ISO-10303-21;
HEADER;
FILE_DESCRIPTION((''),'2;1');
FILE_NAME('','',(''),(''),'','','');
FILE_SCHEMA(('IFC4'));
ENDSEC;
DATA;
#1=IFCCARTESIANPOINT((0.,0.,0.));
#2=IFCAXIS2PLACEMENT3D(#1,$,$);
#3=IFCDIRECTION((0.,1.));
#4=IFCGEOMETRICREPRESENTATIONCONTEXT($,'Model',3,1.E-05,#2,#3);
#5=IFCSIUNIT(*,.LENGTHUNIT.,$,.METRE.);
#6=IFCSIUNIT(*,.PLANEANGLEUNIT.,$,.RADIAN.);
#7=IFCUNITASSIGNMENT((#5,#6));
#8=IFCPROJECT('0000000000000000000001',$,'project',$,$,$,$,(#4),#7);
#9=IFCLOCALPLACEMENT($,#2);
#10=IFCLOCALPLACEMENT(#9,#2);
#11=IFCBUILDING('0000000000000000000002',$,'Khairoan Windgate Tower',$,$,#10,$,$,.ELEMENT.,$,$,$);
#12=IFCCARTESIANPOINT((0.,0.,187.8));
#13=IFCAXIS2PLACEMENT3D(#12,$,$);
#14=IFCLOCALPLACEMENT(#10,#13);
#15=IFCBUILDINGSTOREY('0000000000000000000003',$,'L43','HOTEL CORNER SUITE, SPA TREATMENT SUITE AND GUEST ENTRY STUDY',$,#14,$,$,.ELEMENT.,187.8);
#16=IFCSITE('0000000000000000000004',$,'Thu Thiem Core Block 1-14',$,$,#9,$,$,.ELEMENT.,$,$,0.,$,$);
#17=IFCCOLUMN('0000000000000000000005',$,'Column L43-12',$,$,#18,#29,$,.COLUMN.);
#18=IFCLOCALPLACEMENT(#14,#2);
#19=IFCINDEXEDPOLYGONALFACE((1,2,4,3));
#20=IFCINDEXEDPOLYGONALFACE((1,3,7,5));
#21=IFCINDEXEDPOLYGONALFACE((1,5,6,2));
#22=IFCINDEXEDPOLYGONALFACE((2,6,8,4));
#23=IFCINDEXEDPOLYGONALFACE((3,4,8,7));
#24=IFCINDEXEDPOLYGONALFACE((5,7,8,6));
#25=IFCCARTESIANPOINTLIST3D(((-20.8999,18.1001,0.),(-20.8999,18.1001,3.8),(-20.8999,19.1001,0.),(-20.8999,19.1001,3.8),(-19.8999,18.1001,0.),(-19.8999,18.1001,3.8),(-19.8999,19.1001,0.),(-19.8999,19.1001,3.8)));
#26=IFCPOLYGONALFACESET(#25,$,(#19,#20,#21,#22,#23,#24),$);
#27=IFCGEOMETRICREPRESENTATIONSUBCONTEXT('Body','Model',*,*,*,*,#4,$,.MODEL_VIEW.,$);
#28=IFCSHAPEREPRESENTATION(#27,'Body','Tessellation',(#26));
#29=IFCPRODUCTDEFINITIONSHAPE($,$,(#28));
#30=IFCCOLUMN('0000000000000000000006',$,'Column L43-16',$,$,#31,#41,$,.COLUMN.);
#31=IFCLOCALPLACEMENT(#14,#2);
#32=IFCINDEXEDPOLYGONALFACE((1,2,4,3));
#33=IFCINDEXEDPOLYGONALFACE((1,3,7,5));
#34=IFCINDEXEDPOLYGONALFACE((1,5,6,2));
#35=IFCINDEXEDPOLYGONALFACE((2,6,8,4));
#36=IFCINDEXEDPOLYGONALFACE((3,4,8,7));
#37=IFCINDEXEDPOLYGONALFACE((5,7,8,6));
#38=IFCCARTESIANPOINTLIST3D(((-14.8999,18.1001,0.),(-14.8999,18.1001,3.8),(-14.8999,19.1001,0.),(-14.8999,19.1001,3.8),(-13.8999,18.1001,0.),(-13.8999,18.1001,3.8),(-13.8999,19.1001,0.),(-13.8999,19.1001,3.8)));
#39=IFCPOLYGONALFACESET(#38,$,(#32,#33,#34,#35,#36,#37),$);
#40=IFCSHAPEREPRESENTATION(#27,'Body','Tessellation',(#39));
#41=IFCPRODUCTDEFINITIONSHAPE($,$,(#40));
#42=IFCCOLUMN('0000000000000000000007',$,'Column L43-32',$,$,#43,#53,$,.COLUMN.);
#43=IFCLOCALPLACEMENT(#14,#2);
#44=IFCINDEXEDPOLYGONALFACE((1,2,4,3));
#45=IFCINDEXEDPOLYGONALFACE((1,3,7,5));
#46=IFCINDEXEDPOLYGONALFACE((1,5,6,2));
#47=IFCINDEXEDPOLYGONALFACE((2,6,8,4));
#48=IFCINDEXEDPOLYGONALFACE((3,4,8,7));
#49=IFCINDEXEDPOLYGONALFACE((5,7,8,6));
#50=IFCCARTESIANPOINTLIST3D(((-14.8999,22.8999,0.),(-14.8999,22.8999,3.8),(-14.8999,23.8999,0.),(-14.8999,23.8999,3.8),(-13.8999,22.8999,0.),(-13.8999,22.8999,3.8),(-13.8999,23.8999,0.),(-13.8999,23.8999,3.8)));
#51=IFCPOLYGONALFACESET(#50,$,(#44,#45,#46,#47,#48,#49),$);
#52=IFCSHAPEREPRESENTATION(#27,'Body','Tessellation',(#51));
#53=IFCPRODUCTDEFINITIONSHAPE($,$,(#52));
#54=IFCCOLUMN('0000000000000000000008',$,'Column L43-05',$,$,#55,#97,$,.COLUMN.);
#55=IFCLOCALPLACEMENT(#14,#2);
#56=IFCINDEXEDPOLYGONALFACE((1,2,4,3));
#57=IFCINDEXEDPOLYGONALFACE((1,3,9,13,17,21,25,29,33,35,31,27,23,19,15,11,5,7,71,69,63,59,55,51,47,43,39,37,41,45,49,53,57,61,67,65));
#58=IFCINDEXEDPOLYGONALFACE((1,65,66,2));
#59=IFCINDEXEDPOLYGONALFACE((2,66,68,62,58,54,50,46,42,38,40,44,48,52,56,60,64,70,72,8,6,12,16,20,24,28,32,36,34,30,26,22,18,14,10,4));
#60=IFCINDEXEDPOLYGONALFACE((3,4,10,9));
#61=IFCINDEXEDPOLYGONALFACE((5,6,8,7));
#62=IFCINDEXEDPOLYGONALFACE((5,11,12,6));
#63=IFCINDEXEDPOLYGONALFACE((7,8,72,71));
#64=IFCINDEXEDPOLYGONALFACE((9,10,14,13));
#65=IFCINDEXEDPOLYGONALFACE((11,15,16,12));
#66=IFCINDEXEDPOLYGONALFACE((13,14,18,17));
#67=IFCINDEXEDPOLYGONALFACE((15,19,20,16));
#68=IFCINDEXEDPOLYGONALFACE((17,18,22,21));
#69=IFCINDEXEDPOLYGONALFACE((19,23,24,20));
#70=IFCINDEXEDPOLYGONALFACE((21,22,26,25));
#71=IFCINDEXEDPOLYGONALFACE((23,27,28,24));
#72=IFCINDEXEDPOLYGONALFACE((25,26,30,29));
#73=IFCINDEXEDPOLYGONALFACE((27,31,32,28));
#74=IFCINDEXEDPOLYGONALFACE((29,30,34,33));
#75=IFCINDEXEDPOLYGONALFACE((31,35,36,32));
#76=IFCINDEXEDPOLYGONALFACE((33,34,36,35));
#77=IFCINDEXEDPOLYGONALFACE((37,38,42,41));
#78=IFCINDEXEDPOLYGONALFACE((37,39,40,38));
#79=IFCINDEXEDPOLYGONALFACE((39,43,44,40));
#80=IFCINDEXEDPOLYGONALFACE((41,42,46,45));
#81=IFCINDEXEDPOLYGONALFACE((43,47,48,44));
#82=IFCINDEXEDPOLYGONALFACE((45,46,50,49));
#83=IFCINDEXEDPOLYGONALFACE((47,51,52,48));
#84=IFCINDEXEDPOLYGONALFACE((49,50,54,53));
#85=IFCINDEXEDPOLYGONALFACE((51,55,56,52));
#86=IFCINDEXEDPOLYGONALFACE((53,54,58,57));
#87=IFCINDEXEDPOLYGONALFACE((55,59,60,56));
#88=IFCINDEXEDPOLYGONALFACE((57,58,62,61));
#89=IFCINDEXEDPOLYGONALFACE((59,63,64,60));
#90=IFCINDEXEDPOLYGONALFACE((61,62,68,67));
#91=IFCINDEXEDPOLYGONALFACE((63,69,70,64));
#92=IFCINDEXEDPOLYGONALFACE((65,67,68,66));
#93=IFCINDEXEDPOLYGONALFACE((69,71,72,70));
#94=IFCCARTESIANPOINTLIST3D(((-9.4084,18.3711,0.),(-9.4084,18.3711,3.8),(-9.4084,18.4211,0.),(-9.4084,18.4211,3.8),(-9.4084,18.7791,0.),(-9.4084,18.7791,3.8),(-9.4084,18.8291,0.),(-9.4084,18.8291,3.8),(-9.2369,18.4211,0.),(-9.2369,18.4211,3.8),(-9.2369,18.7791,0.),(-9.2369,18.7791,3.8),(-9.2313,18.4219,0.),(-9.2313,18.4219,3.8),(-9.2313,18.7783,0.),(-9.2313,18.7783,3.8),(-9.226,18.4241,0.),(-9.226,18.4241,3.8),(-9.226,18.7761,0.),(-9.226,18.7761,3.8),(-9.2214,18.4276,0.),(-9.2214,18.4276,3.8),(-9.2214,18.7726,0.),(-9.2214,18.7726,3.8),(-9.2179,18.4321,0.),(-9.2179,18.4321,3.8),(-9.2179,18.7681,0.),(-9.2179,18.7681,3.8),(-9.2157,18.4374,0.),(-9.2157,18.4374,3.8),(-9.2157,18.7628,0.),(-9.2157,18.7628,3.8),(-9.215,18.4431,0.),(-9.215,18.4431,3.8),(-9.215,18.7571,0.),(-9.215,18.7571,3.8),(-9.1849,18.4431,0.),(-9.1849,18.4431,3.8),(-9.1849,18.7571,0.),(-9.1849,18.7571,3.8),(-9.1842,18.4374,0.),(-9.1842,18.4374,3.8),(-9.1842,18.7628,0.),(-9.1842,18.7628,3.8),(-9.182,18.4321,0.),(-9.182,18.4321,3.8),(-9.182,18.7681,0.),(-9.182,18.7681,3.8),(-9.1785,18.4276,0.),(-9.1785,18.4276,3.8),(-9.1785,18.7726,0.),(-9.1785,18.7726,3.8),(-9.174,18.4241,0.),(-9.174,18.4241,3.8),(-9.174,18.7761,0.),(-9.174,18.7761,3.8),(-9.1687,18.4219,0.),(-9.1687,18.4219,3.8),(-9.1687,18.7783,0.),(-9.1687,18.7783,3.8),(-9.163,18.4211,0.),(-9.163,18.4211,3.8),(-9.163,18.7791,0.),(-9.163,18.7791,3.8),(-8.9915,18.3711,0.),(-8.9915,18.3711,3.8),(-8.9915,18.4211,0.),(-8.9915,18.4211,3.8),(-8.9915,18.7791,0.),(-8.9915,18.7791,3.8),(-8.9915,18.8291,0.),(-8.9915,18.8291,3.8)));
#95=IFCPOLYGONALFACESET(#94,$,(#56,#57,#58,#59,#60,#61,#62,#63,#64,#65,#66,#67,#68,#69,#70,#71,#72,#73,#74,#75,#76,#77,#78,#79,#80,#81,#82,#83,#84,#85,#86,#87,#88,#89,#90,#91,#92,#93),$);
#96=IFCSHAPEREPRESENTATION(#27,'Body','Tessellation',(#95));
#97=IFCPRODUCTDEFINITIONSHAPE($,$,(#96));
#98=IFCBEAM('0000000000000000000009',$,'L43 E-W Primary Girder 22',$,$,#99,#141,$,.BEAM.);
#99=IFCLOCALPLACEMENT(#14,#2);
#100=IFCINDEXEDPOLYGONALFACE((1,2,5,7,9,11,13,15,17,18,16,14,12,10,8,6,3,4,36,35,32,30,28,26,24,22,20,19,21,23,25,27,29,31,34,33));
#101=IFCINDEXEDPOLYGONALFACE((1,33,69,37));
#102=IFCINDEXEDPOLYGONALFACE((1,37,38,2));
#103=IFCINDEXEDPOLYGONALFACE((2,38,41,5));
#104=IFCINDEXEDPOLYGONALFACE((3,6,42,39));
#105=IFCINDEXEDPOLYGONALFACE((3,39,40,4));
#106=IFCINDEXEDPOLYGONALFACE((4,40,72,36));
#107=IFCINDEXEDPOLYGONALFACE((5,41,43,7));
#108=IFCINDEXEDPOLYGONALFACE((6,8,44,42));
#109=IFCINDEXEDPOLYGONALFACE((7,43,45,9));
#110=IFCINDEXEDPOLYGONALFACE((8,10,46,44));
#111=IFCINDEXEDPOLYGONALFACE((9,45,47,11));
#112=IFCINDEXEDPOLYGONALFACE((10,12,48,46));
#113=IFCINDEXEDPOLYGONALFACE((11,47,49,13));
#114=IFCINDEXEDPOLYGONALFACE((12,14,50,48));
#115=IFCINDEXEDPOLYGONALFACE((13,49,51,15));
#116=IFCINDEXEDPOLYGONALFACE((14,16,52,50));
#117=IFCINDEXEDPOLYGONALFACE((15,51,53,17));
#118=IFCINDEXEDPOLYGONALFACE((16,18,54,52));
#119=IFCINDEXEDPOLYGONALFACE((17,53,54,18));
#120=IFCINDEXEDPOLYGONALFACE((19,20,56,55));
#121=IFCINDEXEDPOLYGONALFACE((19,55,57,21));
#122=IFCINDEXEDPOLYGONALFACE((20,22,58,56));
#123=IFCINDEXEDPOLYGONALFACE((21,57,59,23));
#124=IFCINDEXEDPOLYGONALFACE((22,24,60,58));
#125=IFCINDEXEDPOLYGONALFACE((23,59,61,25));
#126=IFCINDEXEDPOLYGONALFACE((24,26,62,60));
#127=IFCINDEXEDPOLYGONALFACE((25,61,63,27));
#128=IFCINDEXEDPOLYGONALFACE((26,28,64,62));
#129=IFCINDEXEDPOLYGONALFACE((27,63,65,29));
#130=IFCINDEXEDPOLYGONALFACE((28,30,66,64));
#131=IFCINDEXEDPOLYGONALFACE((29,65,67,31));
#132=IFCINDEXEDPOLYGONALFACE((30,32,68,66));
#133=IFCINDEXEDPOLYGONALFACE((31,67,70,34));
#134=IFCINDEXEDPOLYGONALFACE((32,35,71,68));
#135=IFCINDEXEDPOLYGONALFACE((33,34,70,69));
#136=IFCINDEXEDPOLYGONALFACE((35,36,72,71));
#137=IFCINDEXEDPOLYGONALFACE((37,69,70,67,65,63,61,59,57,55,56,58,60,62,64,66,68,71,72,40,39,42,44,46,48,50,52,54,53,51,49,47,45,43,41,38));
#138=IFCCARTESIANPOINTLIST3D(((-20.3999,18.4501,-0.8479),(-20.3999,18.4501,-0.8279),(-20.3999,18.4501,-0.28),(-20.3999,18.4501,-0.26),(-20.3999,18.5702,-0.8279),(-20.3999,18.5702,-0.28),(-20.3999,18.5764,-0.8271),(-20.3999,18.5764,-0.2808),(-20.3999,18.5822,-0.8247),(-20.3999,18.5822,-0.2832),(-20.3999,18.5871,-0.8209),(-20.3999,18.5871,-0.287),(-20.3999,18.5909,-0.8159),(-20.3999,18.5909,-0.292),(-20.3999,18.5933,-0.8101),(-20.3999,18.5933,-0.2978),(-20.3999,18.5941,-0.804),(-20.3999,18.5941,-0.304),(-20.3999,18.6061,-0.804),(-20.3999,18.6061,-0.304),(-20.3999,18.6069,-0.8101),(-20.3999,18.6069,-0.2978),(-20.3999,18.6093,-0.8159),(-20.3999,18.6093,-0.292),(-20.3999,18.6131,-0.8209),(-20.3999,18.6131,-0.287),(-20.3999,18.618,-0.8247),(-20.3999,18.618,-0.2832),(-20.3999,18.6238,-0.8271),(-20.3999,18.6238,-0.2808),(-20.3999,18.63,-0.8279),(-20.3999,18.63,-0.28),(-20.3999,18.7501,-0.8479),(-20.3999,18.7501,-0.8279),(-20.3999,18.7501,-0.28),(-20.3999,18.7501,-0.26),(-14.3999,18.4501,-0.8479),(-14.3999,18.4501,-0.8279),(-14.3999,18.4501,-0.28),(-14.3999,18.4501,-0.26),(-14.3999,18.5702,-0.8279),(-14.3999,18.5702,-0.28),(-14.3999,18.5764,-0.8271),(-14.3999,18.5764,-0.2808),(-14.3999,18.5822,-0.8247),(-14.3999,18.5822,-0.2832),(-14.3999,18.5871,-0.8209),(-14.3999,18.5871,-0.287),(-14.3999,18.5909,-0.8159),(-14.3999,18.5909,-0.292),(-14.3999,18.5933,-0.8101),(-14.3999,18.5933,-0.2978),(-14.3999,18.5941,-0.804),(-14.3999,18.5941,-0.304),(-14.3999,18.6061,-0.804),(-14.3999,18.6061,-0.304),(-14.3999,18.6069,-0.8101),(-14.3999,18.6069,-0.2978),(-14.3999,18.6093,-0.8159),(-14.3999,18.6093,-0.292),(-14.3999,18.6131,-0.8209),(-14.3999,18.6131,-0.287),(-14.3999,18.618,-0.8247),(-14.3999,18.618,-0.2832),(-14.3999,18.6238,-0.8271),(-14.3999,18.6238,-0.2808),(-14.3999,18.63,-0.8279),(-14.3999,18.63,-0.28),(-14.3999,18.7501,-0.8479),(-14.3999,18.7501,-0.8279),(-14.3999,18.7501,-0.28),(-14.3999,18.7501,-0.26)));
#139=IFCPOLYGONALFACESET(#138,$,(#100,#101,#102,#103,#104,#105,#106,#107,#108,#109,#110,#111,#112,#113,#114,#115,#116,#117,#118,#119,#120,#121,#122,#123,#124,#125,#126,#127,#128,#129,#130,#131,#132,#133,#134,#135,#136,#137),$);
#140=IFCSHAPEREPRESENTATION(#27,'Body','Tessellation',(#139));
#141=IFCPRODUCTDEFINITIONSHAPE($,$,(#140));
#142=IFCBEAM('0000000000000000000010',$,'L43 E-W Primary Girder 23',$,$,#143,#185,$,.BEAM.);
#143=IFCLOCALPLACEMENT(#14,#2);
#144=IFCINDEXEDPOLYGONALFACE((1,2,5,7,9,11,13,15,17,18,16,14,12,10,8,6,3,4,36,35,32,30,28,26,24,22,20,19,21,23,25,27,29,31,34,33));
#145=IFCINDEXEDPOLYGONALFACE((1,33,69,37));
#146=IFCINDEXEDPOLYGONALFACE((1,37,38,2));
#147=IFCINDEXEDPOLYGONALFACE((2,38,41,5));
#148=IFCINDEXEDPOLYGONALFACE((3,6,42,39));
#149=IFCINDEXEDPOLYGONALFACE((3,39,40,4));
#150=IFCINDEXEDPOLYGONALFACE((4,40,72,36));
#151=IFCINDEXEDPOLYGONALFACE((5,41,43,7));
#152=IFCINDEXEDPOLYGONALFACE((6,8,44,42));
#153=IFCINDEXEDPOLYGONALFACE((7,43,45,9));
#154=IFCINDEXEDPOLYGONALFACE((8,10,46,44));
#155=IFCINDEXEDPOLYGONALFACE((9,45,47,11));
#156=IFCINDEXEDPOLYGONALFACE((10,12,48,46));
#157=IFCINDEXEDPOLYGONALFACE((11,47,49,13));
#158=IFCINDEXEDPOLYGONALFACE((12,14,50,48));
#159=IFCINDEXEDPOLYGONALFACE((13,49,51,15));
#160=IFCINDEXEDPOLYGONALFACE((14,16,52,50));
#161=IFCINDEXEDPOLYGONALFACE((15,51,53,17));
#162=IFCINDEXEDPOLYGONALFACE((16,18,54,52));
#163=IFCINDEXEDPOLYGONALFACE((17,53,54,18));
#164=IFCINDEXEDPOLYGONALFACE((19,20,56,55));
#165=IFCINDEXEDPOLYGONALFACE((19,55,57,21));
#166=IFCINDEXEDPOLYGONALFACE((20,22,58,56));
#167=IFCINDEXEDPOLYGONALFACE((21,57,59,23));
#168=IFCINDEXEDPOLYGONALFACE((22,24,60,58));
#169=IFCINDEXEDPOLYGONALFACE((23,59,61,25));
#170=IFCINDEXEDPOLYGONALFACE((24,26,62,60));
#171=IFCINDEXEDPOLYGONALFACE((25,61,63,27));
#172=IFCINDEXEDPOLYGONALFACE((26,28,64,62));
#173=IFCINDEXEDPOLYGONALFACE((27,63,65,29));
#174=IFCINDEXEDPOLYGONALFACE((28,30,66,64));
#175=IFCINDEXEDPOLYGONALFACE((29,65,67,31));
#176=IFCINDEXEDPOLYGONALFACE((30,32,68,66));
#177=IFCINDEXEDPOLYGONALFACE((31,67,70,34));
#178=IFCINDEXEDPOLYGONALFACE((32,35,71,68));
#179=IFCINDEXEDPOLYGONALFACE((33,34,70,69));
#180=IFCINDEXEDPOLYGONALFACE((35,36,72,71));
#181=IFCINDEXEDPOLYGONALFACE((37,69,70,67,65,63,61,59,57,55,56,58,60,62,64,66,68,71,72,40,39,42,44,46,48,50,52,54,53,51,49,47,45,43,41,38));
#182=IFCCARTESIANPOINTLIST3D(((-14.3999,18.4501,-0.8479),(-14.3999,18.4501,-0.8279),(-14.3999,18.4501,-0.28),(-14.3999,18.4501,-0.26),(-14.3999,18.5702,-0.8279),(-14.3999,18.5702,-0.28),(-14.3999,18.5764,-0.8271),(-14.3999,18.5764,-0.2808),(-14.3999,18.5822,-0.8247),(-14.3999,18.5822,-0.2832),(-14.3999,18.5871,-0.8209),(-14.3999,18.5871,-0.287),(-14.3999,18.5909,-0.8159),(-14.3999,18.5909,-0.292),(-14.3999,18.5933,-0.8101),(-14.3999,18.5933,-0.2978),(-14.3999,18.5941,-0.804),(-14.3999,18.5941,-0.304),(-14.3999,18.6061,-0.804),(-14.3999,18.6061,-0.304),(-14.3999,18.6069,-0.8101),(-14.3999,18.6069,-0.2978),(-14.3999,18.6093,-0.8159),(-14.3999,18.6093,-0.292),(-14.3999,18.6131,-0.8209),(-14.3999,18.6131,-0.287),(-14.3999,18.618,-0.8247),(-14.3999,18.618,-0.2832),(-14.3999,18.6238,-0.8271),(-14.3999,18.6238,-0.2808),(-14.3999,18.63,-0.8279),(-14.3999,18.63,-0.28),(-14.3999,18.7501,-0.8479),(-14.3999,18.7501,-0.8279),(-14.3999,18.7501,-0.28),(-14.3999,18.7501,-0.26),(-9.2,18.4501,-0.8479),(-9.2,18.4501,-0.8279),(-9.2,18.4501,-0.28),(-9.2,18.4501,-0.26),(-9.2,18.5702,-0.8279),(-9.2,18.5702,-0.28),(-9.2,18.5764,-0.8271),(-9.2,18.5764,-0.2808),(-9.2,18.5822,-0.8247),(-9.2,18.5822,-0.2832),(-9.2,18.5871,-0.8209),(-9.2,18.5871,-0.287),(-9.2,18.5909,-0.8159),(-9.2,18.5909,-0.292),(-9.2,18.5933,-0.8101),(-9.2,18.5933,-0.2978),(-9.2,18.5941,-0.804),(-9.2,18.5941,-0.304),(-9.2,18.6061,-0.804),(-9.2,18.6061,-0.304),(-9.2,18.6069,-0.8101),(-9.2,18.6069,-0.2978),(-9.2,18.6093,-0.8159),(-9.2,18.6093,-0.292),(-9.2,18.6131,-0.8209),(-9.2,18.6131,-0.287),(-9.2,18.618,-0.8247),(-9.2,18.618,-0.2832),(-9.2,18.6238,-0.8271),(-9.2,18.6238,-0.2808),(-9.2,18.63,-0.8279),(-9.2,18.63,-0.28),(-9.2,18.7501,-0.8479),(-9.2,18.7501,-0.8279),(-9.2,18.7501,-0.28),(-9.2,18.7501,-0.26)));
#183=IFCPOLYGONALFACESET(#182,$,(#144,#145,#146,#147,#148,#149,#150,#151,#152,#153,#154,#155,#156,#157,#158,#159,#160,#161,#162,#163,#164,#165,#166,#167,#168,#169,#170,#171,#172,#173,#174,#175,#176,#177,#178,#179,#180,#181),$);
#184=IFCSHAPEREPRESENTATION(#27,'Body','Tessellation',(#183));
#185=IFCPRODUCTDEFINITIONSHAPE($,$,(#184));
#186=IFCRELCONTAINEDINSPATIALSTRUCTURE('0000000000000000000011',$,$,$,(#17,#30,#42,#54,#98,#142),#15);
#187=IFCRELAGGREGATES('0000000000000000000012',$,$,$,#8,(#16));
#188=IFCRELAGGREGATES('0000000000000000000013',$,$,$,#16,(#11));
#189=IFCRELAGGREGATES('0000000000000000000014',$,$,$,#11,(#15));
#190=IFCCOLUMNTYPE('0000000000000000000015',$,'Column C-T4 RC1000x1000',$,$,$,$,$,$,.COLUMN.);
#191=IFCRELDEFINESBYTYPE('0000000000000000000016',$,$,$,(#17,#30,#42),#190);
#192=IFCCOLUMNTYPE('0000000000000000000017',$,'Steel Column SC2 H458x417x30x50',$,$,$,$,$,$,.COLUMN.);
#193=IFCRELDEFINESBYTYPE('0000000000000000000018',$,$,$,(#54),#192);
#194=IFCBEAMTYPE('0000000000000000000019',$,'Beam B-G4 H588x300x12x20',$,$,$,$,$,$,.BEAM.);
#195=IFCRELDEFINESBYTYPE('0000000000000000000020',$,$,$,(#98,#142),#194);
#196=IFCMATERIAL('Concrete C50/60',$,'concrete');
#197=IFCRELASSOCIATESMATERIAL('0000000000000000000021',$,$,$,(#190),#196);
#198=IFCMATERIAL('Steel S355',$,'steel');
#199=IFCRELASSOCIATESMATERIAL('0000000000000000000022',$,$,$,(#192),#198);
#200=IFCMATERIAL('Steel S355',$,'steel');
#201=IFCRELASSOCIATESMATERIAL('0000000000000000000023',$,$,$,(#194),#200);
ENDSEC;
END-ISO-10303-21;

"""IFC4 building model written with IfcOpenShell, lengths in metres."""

from ifc_helpers import new_model, si_unit, direction, frame, origin, origin_2d, place, context, subcontext, project, spatial, rectangle, i_section, extrude, material, material_profile, profile_set, type_object, element, save


model = new_model("IFC4")

# Units and contexts
model_context = context("Model", 3, precision=1e-05, world=origin(), true_north=direction((0.0, 1.0)))
body_context = subcontext(model_context, "Body", "Model", "MODEL_VIEW")
ifc_project = project(units=[si_unit("LENGTHUNIT", "METRE"), si_unit("PLANEANGLEUNIT", "RADIAN")], contexts=[model_context])

# Site, building, storey
site_placement = place(None, origin())
site = spatial("IfcSite", under=ifc_project, at=site_placement, Name="Thu Thiem Core Block 1-14", CompositionType="ELEMENT", RefElevation=0.0)
building_placement = place(site_placement, origin())
building = spatial("IfcBuilding", under=site, at=building_placement, Name="Khairoan Windgate Tower", CompositionType="ELEMENT")
storey_placement = place(building_placement, frame((0.0, 0.0, 187.8)))
storey = spatial("IfcBuildingStorey", under=building, at=storey_placement, Name="L43", Description="HOTEL CORNER SUITE, SPA TREATMENT SUITE AND GUEST ENTRY STUDY", CompositionType="ELEMENT", Elevation=187.8)

# Columns
ifc_material_1 = material(Name="Concrete C50/60", Category="concrete")
ifc_material_profile_1 = material_profile(ifc_material_1, rectangle(XDim=1.0, YDim=1.0, at=origin_2d()))
ifc_profile_set_1 = profile_set([ifc_material_profile_1], Name="Concrete C50/60")
column_type_1 = type_object("IfcColumnType", Name="Column C-T4 RC1000x1000", PredefinedType="COLUMN", material=ifc_profile_set_1)
for number, where, z_axis, x_axis, name in (
    (1, (-20.3999, 18.6001, 0.0), (0.0, 0.0, 1.0), (1.0, 0.0, 0.0), "Column L43-12"),
    (2, (-14.3999, 18.6001, 0.0), (0.0, 0.0, 1.0), (1.0, 0.0, 0.0), "Column L43-16"),
    (3, (-14.3999, 23.3999, 0.0), (0.0, 0.0, 1.0), (1.0, 0.0, 0.0), "Column L43-32"),
):
    element("IfcColumn", number, at=place(storey_placement, frame(where, z_axis=z_axis, x_axis=x_axis)), inside=storey, type_object=column_type_1, Name=name, PredefinedType="COLUMN", context=body_context, shape_type="SweptSolid", body=[
        extrude(rectangle(XDim=1.0, YDim=1.0, at=origin_2d()), origin(), (0.0, 0.0, 1.0), 3.8),
    ])
ifc_material_2 = material(Name="Steel S355", Category="steel")
ifc_material_profile_2 = material_profile(ifc_material_2, i_section(OverallWidth=0.417, OverallDepth=0.458, WebThickness=0.03, FlangeThickness=0.05, FilletRadius=0.022, at=origin_2d()))
ifc_profile_set_2 = profile_set([ifc_material_profile_2], Name="Steel S355")
column_type_2 = type_object("IfcColumnType", Name="Steel Column SC2 H458x417x30x50", PredefinedType="COLUMN", material=ifc_profile_set_2)
column_placement = place(storey_placement, frame((-9.2, 18.6001, 0.0), z_axis=(0.0, 0.0, 1.0), x_axis=(1.0, 0.0, 0.0)))
element("IfcColumn", 4, at=column_placement, inside=storey, type_object=column_type_2, Name="Column L43-05", PredefinedType="COLUMN", context=body_context, shape_type="SweptSolid", body=[
    extrude(i_section(OverallWidth=0.417, OverallDepth=0.458, WebThickness=0.03, FlangeThickness=0.05, FilletRadius=0.022, at=origin_2d()), origin(), (0.0, 0.0, 1.0), 3.8),
])

# Beams
ifc_material_3 = material(Name="Steel S355", Category="steel")
ifc_material_profile_3 = material_profile(ifc_material_3, i_section(OverallWidth=0.3, OverallDepth=0.5879, WebThickness=0.012, FlangeThickness=0.02, FilletRadius=0.0239, at=origin_2d()))
ifc_profile_set_3 = profile_set([ifc_material_profile_3], Name="Steel S355")
beam_type = type_object("IfcBeamType", Name="Beam B-G4 H588x300x12x20", PredefinedType="BEAM", material=ifc_profile_set_3)
beam_1_placement = place(storey_placement, frame((-20.3999, 18.6001, -0.554), z_axis=(1.0, 0.0, 0.0), x_axis=(0.0, 1.0, 0.0)))
element("IfcBeam", 5, at=beam_1_placement, inside=storey, type_object=beam_type, Name="L43 E-W Primary Girder 22", PredefinedType="BEAM", context=body_context, shape_type="SweptSolid", body=[
    extrude(i_section(OverallWidth=0.3, OverallDepth=0.5879, WebThickness=0.012, FlangeThickness=0.02, FilletRadius=0.0239, at=origin_2d()), origin(), (0.0, 0.0, 1.0), 6.0),
])
beam_2_placement = place(storey_placement, frame((-14.3999, 18.6001, -0.554), z_axis=(1.0, 0.0, 0.0), x_axis=(0.0, 1.0, 0.0)))
element("IfcBeam", 6, at=beam_2_placement, inside=storey, type_object=beam_type, Name="L43 E-W Primary Girder 23", PredefinedType="BEAM", context=body_context, shape_type="SweptSolid", body=[
    extrude(i_section(OverallWidth=0.3, OverallDepth=0.5879, WebThickness=0.012, FlangeThickness=0.02, FilletRadius=0.0239, at=origin_2d()), origin(), (0.0, 0.0, 1.0), 5.2),
])

save(model, "model.ifc")
